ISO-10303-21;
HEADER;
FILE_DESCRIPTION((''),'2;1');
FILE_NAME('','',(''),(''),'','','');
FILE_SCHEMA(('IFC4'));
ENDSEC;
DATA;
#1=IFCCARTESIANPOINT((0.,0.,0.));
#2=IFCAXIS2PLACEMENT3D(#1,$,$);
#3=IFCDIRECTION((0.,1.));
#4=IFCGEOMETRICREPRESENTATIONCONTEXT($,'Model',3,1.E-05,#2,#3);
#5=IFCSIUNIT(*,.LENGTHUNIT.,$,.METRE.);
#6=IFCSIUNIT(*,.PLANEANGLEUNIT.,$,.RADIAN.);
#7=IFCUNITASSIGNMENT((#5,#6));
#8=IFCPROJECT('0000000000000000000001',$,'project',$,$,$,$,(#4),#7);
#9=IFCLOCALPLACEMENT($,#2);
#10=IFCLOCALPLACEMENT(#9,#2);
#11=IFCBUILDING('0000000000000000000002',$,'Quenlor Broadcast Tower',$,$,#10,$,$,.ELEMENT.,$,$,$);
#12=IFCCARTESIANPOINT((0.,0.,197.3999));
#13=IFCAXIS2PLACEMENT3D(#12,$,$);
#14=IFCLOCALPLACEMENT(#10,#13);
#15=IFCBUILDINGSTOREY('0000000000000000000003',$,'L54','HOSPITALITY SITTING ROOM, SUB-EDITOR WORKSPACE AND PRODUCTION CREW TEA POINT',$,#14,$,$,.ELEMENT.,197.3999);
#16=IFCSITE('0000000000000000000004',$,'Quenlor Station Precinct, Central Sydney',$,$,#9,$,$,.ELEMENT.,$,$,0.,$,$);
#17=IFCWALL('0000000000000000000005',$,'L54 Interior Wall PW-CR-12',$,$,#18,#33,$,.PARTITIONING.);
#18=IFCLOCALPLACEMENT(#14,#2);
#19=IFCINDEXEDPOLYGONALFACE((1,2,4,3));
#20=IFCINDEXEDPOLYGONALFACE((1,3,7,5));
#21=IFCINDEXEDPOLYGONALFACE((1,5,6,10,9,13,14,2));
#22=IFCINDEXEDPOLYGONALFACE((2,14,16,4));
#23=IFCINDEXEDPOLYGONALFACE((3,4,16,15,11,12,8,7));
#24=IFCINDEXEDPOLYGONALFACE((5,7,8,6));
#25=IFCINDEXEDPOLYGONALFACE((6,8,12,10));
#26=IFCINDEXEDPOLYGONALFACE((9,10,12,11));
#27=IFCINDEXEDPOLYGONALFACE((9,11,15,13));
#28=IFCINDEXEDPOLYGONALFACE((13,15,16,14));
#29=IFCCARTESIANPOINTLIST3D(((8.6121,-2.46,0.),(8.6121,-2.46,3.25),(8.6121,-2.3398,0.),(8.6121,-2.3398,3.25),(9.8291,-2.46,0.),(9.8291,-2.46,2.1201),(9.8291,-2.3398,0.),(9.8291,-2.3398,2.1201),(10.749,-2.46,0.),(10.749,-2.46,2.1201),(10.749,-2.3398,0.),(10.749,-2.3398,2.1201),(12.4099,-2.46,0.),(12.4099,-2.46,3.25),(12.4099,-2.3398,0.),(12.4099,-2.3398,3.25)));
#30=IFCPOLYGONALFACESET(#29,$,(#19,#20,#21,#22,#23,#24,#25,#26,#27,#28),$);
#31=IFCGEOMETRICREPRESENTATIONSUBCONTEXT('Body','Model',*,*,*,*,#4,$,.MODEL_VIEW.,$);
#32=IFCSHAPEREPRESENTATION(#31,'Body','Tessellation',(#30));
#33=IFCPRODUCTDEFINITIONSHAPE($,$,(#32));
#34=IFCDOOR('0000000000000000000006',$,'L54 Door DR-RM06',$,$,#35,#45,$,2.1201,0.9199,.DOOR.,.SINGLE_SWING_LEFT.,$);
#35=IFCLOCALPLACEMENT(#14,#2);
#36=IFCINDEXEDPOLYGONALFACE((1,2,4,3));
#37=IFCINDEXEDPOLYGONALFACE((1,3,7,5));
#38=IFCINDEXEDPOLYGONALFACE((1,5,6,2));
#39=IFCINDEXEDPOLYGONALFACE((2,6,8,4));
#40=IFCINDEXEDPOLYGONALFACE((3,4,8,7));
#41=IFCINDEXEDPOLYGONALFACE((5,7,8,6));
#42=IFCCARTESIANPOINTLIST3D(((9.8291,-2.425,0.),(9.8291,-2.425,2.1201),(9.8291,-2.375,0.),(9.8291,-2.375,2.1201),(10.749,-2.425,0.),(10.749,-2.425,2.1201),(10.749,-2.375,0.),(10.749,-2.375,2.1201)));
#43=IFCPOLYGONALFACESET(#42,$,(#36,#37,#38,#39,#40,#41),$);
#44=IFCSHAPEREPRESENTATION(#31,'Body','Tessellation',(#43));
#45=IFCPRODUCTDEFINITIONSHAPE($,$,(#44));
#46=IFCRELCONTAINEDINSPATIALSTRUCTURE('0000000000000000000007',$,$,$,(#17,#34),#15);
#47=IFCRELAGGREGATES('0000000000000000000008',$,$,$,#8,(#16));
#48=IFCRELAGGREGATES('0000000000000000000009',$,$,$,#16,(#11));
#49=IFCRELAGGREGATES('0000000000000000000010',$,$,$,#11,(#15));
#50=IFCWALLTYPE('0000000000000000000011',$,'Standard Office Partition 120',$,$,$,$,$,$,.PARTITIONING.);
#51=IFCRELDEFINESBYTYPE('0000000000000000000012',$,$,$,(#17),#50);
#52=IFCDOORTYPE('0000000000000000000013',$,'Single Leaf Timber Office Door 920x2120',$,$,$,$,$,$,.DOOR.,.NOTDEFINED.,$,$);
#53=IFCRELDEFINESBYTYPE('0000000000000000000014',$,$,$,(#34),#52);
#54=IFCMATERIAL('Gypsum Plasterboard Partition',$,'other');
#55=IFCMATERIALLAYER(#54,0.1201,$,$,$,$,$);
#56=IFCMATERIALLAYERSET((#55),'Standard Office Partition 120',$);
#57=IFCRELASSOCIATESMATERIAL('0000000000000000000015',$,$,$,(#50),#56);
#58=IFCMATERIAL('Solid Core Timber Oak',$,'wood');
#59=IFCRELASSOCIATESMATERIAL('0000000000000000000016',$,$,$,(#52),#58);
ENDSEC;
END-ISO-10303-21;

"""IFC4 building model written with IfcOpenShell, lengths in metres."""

from ifc_helpers import new_model, si_unit, direction, frame, frame_2d, origin, place, context, subcontext, project, spatial, rectangle, extrude, material, layer, layer_set, type_object, element, fill, save


model = new_model("IFC4")

# Units and contexts
model_context = context("Model", 3, precision=1e-05, world=origin(), true_north=direction((0.0, 1.0)))
body_context = subcontext(model_context, "Body", "Model", "MODEL_VIEW")
ifc_project = project(units=[si_unit("LENGTHUNIT", "METRE"), si_unit("PLANEANGLEUNIT", "RADIAN")], contexts=[model_context])

# Site, building, storey
site_placement = place(None, origin())
site = spatial("IfcSite", under=ifc_project, at=site_placement, Name="Quenlor Station Precinct, Central Sydney", CompositionType="ELEMENT", RefElevation=0.0)
building_placement = place(site_placement, origin())
building = spatial("IfcBuilding", under=site, at=building_placement, Name="Quenlor Broadcast Tower", CompositionType="ELEMENT")
storey_placement = place(building_placement, frame((0.0, 0.0, 197.3999)))
storey = spatial("IfcBuildingStorey", under=building, at=storey_placement, Name="L54", Description="HOSPITALITY SITTING ROOM, SUB-EDITOR WORKSPACE AND PRODUCTION CREW TEA POINT", CompositionType="ELEMENT", Elevation=197.3999)

# Shared definitions
ifc_material_1 = material(Name="Gypsum Plasterboard Partition", Category="other")
ifc_layer_1 = layer(ifc_material_1, 0.1201)
ifc_layer_set_1 = layer_set([ifc_layer_1], Name="Standard Office Partition 120")
wall_type_1 = type_object("IfcWallType", Name="Standard Office Partition 120", PredefinedType="PARTITIONING", material=ifc_layer_set_1)

# Wall, opening, door
ifc_material_2 = material(Name="Solid Core Timber Oak", Category="wood")
door_type_1 = type_object("IfcDoorType", Name="Single Leaf Timber Office Door 920x2120", OperationType="NOTDEFINED", PredefinedType="DOOR", material=ifc_material_2)
wall_1_placement = place(storey_placement, frame((8.6121, -2.3999, 0.0), z_axis=(0.0, 0.0, 1.0), x_axis=(1.0, 0.0, 0.0)))
wall_1 = element("IfcWall", 1, at=wall_1_placement, inside=storey, type_object=wall_type_1, Name="L54 Interior Wall PW-CR-12", PredefinedType="PARTITIONING", context=body_context, shape_type="SweptSolid", body=[
    extrude(rectangle(XDim=3.7979, YDim=0.1201, at=frame_2d((1.8989, 0.0))), origin(), (0.0, 0.0, 1.0), 3.25),
])
opening_1_placement = place(wall_1_placement, frame((1.217, 0.0, 0.0)))
opening_1 = element("IfcOpeningElement", 2, at=opening_1_placement, cuts=wall_1, PredefinedType="OPENING", context=body_context, shape_type="SweptSolid", body=[
    extrude(rectangle(XDim=0.9199, YDim=2.1201, at=frame_2d((0.46, 1.0601))), frame((0.0, 0.0701, 0.0), z_axis=(0.0, -1.0, 0.0), x_axis=(1.0, 0.0, 0.0)), (0.0, 0.0, 1.0), 0.1401),
])
door_1_placement = place(opening_1_placement, origin())
door_1 = element("IfcDoor", 3, at=door_1_placement, inside=storey, type_object=door_type_1, Name="L54 Door DR-RM06", OperationType="SINGLE_SWING_LEFT", OverallHeight=2.1201, OverallWidth=0.9199, PredefinedType="DOOR", context=body_context, shape_type="SweptSolid", body=[
    extrude(rectangle(XDim=0.9199, YDim=2.1201, at=frame_2d((0.46, 1.0601))), frame((0.0, 0.0249, 0.0), z_axis=(0.0, -1.0, 0.0), x_axis=(1.0, 0.0, 0.0)), (0.0, 0.0, 1.0), 0.05),
])
fill(opening_1, door_1)

save(model, "model.ifc")
